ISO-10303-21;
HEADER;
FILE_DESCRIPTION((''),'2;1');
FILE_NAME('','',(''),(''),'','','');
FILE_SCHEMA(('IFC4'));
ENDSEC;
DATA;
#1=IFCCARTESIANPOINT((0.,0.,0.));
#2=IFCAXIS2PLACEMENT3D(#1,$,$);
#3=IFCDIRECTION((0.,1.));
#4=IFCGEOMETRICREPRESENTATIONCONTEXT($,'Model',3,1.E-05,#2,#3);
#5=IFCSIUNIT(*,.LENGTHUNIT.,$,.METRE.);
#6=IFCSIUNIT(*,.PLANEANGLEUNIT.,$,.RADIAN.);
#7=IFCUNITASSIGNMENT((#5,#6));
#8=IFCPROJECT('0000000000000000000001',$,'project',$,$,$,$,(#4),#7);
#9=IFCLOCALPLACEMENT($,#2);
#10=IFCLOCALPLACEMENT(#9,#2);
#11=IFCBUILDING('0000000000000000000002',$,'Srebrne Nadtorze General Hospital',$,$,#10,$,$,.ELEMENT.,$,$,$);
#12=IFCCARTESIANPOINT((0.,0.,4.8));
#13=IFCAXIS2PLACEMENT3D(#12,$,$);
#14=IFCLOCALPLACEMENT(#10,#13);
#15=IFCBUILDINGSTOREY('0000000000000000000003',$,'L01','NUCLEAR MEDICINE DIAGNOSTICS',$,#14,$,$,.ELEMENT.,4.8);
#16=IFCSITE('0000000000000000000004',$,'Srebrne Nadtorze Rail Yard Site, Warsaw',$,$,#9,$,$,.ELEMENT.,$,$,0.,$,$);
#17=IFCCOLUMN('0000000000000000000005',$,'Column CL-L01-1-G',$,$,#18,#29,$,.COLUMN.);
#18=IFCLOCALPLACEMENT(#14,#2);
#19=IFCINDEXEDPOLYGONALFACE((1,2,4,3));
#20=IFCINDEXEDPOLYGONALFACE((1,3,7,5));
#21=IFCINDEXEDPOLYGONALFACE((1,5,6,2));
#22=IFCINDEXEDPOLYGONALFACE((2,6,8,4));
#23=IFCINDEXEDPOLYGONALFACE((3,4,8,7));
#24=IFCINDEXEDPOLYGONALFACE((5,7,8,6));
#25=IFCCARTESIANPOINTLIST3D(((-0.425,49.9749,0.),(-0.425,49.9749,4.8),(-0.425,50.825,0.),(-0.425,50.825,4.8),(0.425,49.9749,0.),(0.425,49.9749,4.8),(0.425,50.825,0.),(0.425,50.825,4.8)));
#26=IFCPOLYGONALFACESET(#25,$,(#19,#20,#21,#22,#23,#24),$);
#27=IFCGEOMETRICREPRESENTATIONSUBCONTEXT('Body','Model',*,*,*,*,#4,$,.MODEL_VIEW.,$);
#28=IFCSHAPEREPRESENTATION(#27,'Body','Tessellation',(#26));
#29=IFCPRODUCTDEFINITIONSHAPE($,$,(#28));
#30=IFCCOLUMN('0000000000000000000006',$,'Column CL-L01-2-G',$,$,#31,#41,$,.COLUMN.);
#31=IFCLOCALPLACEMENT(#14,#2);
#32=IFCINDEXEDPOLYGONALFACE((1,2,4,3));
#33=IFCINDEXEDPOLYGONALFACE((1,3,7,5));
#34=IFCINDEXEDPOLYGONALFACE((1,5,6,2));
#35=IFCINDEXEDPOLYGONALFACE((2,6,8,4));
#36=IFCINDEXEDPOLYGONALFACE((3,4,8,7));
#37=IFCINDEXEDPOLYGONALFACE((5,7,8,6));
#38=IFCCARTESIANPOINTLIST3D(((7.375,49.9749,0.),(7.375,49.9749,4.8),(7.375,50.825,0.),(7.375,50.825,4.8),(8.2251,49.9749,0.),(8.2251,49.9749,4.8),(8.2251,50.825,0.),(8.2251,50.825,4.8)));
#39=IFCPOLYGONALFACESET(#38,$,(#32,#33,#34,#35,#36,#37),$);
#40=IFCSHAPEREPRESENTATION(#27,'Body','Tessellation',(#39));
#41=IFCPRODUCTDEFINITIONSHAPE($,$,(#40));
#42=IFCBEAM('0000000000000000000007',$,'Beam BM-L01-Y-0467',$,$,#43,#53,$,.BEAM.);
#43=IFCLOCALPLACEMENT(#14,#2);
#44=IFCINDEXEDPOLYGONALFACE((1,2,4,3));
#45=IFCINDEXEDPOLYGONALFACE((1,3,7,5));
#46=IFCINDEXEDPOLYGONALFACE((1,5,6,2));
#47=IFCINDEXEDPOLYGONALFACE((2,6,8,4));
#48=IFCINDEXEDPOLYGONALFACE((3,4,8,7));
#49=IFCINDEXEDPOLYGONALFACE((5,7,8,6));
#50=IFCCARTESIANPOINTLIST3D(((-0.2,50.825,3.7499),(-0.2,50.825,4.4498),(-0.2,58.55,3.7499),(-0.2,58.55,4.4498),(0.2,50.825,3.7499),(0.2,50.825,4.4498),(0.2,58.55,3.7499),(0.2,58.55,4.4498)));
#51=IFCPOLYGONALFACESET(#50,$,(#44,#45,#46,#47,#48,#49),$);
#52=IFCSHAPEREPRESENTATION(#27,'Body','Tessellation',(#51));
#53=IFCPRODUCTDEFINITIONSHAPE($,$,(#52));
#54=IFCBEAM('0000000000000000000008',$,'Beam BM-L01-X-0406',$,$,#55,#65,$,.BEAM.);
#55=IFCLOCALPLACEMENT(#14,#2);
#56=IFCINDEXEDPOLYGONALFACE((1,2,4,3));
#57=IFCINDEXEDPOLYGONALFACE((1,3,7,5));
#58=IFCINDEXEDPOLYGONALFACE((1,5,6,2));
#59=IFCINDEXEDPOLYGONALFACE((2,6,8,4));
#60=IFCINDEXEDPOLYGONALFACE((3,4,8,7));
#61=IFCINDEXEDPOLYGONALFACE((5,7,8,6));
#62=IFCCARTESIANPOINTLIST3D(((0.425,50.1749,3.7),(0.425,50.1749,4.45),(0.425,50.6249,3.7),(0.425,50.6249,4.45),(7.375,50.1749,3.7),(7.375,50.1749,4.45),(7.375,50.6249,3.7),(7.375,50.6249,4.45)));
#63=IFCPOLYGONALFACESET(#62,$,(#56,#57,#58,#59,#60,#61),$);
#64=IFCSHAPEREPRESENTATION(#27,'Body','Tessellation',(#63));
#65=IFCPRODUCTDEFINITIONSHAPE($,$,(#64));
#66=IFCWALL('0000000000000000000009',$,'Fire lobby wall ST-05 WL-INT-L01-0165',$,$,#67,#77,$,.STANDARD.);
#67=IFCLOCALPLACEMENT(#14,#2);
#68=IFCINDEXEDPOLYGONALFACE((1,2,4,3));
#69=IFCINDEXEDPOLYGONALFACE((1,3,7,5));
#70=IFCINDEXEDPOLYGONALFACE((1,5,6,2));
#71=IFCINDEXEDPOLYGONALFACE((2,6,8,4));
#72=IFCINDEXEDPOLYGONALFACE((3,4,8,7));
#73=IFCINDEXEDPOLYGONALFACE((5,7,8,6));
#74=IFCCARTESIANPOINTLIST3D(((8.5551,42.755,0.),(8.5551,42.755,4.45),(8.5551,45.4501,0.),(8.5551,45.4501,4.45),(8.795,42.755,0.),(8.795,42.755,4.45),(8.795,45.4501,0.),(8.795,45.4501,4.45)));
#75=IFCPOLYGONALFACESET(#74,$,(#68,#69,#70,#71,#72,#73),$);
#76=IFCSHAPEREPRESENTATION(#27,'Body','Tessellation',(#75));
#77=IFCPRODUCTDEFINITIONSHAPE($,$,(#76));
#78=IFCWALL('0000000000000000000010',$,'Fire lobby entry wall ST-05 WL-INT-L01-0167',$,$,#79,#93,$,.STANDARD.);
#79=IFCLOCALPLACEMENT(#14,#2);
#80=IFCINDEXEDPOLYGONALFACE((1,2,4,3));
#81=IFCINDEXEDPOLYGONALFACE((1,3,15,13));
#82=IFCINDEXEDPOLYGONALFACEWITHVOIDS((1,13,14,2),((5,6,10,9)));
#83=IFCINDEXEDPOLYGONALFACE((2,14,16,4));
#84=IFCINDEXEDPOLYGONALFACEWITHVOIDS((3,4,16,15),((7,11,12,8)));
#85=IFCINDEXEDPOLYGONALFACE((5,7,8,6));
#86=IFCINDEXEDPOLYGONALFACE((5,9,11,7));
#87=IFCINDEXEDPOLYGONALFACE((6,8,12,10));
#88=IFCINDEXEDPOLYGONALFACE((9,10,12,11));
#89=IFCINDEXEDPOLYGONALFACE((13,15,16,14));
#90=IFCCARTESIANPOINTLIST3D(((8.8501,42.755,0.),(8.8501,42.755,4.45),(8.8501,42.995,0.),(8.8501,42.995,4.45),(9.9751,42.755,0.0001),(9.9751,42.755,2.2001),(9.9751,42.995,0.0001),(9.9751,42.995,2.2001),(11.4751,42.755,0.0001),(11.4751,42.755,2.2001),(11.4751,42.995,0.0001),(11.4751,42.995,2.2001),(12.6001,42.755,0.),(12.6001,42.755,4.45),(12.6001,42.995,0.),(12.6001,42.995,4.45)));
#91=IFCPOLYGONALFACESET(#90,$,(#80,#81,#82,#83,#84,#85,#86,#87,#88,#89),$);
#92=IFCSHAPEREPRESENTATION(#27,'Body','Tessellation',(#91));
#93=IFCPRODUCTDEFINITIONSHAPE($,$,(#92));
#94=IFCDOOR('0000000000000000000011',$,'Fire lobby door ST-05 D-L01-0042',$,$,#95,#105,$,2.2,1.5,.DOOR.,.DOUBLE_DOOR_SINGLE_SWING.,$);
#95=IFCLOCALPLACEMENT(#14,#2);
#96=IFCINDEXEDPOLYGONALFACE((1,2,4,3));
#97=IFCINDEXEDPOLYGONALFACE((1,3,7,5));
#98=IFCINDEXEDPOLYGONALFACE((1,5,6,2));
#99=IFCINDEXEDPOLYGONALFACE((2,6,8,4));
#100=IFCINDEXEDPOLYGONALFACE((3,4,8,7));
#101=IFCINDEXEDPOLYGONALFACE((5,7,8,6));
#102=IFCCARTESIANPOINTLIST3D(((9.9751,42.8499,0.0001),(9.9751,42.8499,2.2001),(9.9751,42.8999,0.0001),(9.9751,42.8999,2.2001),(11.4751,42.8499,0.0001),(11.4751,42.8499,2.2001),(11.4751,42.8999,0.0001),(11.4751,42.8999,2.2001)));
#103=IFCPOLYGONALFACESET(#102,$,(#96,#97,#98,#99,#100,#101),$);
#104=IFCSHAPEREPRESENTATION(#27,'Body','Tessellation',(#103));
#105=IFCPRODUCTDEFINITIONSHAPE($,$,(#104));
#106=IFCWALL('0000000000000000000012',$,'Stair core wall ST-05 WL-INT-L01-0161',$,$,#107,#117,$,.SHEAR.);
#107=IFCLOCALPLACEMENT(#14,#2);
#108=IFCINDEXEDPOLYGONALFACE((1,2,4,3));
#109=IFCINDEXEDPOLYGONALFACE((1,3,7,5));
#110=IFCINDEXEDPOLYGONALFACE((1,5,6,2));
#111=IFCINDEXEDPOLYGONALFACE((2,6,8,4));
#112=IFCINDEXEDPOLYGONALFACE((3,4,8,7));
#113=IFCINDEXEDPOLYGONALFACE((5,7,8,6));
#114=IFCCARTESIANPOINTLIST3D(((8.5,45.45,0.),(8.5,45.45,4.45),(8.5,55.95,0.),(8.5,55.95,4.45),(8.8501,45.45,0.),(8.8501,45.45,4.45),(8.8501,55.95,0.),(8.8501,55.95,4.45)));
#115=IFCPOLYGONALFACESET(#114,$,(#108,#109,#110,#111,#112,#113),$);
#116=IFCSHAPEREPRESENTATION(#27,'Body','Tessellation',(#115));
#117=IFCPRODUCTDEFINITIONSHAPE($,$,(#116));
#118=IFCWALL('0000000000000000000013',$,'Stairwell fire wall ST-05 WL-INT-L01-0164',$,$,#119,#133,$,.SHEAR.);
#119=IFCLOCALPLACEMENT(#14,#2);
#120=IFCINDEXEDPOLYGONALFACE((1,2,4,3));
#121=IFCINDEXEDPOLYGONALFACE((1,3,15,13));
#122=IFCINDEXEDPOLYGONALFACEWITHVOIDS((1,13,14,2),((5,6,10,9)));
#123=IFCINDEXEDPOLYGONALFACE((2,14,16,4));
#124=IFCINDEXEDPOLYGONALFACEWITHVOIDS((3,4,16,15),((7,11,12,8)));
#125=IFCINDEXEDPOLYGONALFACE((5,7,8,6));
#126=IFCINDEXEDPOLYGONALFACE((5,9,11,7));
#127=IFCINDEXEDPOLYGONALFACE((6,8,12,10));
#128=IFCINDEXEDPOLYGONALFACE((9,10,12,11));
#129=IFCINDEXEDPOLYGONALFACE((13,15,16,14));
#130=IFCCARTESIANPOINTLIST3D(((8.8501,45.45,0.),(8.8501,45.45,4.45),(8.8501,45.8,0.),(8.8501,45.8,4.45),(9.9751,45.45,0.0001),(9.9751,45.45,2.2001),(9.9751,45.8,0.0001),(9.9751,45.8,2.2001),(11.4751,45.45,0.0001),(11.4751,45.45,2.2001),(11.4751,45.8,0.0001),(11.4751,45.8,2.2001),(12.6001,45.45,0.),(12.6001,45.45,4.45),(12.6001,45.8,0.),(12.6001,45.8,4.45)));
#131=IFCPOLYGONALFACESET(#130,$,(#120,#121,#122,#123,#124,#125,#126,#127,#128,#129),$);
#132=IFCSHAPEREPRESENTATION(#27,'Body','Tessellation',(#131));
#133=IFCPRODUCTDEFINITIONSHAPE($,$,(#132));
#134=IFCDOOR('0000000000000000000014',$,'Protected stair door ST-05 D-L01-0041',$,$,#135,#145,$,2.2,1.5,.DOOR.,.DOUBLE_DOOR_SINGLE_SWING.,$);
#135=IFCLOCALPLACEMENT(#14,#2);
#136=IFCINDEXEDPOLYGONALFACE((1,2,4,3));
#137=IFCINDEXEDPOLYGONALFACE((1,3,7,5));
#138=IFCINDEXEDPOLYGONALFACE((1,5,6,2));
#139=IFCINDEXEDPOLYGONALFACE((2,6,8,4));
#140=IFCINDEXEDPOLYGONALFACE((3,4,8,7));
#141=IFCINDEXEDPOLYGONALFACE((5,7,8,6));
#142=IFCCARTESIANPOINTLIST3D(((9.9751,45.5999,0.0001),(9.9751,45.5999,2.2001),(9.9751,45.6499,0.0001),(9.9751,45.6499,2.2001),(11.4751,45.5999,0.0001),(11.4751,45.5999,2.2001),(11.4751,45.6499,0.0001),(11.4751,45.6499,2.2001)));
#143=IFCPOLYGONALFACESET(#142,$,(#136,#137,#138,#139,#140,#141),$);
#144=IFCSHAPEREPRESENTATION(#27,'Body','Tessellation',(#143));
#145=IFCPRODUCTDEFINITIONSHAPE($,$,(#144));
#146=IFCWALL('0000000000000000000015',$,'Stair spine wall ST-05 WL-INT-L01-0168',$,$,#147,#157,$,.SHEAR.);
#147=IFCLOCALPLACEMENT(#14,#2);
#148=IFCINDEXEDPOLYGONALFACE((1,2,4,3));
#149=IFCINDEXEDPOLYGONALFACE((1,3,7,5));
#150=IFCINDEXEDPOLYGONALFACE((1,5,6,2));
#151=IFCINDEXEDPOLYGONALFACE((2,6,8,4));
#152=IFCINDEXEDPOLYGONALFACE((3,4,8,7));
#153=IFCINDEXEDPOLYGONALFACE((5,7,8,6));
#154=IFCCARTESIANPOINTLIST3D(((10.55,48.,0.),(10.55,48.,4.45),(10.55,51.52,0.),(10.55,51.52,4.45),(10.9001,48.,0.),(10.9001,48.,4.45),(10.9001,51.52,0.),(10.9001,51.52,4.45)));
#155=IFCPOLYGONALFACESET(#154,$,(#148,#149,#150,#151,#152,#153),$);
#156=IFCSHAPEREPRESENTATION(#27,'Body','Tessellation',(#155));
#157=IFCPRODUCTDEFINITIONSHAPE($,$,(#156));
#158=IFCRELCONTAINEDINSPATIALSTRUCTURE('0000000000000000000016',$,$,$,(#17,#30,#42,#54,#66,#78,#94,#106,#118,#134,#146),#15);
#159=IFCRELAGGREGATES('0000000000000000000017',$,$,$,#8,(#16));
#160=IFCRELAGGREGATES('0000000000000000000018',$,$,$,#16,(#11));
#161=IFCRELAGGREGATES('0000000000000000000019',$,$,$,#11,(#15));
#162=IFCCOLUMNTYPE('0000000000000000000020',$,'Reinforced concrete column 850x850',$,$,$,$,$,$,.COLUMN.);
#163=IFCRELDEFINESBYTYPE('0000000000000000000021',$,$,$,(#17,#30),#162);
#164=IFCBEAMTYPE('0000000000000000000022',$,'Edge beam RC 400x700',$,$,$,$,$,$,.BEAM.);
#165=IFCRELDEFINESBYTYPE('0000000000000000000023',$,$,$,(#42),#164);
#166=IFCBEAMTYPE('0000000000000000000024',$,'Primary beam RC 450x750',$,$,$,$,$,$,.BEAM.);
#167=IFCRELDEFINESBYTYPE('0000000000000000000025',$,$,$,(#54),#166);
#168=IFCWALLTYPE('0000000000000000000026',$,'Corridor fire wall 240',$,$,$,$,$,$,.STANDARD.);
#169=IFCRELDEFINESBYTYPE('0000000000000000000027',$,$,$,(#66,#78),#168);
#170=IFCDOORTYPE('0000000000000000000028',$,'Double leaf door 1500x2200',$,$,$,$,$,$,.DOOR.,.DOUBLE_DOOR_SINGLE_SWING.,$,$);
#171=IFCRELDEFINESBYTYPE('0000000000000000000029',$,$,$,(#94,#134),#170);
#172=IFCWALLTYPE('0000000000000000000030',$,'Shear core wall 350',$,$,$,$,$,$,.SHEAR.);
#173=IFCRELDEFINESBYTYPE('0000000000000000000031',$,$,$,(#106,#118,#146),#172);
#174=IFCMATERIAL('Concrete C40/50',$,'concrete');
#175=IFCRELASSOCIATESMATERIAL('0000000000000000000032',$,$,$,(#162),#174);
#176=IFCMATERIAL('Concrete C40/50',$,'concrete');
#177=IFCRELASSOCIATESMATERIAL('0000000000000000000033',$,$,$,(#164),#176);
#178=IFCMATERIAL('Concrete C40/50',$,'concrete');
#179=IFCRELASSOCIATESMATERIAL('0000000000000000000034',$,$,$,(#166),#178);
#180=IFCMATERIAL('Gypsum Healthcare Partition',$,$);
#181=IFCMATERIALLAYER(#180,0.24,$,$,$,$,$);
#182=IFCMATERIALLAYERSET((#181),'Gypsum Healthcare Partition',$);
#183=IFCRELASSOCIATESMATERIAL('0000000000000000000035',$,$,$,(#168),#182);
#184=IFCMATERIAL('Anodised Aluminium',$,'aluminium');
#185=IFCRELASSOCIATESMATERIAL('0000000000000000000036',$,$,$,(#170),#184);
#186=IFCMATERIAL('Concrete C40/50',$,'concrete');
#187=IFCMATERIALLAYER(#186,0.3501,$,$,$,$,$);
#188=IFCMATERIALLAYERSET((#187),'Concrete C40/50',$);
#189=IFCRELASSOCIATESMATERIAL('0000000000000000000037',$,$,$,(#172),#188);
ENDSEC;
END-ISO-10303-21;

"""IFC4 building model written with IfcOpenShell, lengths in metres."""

from ifc_helpers import new_model, si_unit, direction, frame, frame_2d, origin, origin_2d, place, context, subcontext, project, spatial, rectangle, extrude, material, layer, layer_set, material_profile, profile_set, type_object, element, fill, save


model = new_model("IFC4")

# Units and contexts
model_context = context("Model", 3, precision=1e-05, world=origin(), true_north=direction((0.0, 1.0)))
body_context = subcontext(model_context, "Body", "Model", "MODEL_VIEW")
ifc_project = project(units=[si_unit("LENGTHUNIT", "METRE"), si_unit("PLANEANGLEUNIT", "RADIAN")], contexts=[model_context])

# Site, building, storey
site_placement = place(None, origin())
site = spatial("IfcSite", under=ifc_project, at=site_placement, Name="Srebrne Nadtorze Rail Yard Site, Warsaw", CompositionType="ELEMENT", RefElevation=0.0)
building_placement = place(site_placement, origin())
building = spatial("IfcBuilding", under=site, at=building_placement, Name="Srebrne Nadtorze General Hospital", CompositionType="ELEMENT")
storey_placement = place(building_placement, frame((0.0, 0.0, 4.8)))
storey = spatial("IfcBuildingStorey", under=building, at=storey_placement, Name="L01", Description="NUCLEAR MEDICINE DIAGNOSTICS", CompositionType="ELEMENT", Elevation=4.8)

# Columns
ifc_material_1 = material(Name="Concrete C40/50", Category="concrete")
ifc_material_profile_1 = material_profile(ifc_material_1, rectangle(XDim=0.8501, YDim=0.8501, at=origin_2d()), Name="RC-COL-850x850")
ifc_profile_set_1 = profile_set([ifc_material_profile_1], Name="Concrete C40/50")
column_type = type_object("IfcColumnType", Name="Reinforced concrete column 850x850", PredefinedType="COLUMN", material=ifc_profile_set_1)
for number, where, z_axis, x_axis, name in (
    (1, (0.0, 50.3999, 0.0), (0.0, 0.0, 1.0), (1.0, 0.0, 0.0), "Column CL-L01-1-G"),
    (2, (7.8, 50.3999, 0.0), (0.0, 0.0, 1.0), (1.0, 0.0, 0.0), "Column CL-L01-2-G"),
):
    element("IfcColumn", number, at=place(storey_placement, frame(where, z_axis=z_axis, x_axis=x_axis)), inside=storey, type_object=column_type, Name=name, PredefinedType="COLUMN", context=body_context, shape_type="SweptSolid", body=[
        extrude(rectangle(XDim=0.8501, YDim=0.8501, at=origin_2d()), origin(), (0.0, 0.0, 1.0), 4.8),
    ])

# Beams
ifc_material_2 = material(Name="Concrete C40/50", Category="concrete")
ifc_material_profile_2 = material_profile(ifc_material_2, rectangle(XDim=0.3999, YDim=0.7, at=origin_2d()), Name="RC-BM-400x700")
ifc_profile_set_2 = profile_set([ifc_material_profile_2], Name="Concrete C40/50")
beam_type_1 = type_object("IfcBeamType", Name="Edge beam RC 400x700", PredefinedType="BEAM", material=ifc_profile_set_2)
beam_1_placement = place(storey_placement, frame((0.0, 50.825, 4.0999), z_axis=(0.0, 1.0, 0.0), x_axis=(-1.0, 0.0, 0.0)))
element("IfcBeam", 3, at=beam_1_placement, inside=storey, type_object=beam_type_1, Name="Beam BM-L01-Y-0467", PredefinedType="BEAM", context=body_context, shape_type="SweptSolid", body=[
    extrude(rectangle(XDim=0.3999, YDim=0.7, at=origin_2d()), origin(), (0.0, 0.0, 1.0), 7.7251),
])
ifc_material_3 = material(Name="Concrete C40/50", Category="concrete")
ifc_material_profile_3 = material_profile(ifc_material_3, rectangle(XDim=0.45, YDim=0.75, at=origin_2d()), Name="RC-BM-450x750")
ifc_profile_set_3 = profile_set([ifc_material_profile_3], Name="Concrete C40/50")
beam_type_2 = type_object("IfcBeamType", Name="Primary beam RC 450x750", PredefinedType="BEAM", material=ifc_profile_set_3)
beam_2_placement = place(storey_placement, frame((0.425, 50.3999, 4.075), z_axis=(1.0, 0.0, 0.0), x_axis=(0.0, 1.0, 0.0)))
element("IfcBeam", 4, at=beam_2_placement, inside=storey, type_object=beam_type_2, Name="Beam BM-L01-X-0406", PredefinedType="BEAM", context=body_context, shape_type="SweptSolid", body=[
    extrude(rectangle(XDim=0.45, YDim=0.75, at=origin_2d()), origin(), (0.0, 0.0, 1.0), 6.95),
])

# Wall
ifc_material_4 = material(Name="Gypsum Healthcare Partition")
ifc_layer_1 = layer(ifc_material_4, 0.24)
ifc_layer_set_1 = layer_set([ifc_layer_1], Name="Gypsum Healthcare Partition")
wall_type_1 = type_object("IfcWallType", Name="Corridor fire wall 240", PredefinedType="STANDARD", material=ifc_layer_set_1)
wall_1_placement = place(storey_placement, frame((8.675, 42.7549, 0.0), z_axis=(0.0, 0.0, 1.0), x_axis=(0.0, 1.0, 0.0)))
element("IfcWall", 5, at=wall_1_placement, inside=storey, type_object=wall_type_1, Name="Fire lobby wall ST-05 WL-INT-L01-0165", PredefinedType="STANDARD", context=body_context, shape_type="SweptSolid", body=[
    extrude(rectangle(XDim=2.6951, YDim=0.24, at=frame_2d((1.3477, 0.0))), origin(), (0.0, 0.0, 1.0), 4.45),
])

# Wall, opening, door
wall_2_placement = place(storey_placement, frame((8.8501, 42.875, 0.0), z_axis=(0.0, 0.0, 1.0), x_axis=(1.0, 0.0, 0.0)))
wall_2 = element("IfcWall", 6, at=wall_2_placement, inside=storey, type_object=wall_type_1, Name="Fire lobby entry wall ST-05 WL-INT-L01-0167", PredefinedType="STANDARD", context=body_context, shape_type="SweptSolid", body=[
    extrude(rectangle(XDim=3.75, YDim=0.24, at=frame_2d((1.875, 0.0))), origin(), (0.0, 0.0, 1.0), 4.45),
])
opening_1_placement = place(wall_2_placement, frame((1.125, 0.0, 0.0)))
opening_1 = element("IfcOpeningElement", 7, at=opening_1_placement, cuts=wall_2, PredefinedType="OPENING", context=body_context, shape_type="SweptSolid", body=[
    extrude(rectangle(XDim=1.5, YDim=2.2, at=frame_2d((0.75, 1.1001))), frame((0.0, 0.1318, 0.0), z_axis=(0.0, -1.0, 0.0), x_axis=(1.0, 0.0, 0.0)), (0.0, 0.0, 1.0), 0.2639),
])
ifc_material_5 = material(Name="Anodised Aluminium", Category="aluminium")
door_type = type_object("IfcDoorType", Name="Double leaf door 1500x2200", OperationType="DOUBLE_DOOR_SINGLE_SWING", PredefinedType="DOOR", material=ifc_material_5)
door_1_placement = place(opening_1_placement, origin())
door_1 = element("IfcDoor", 8, at=door_1_placement, inside=storey, type_object=door_type, Name="Fire lobby door ST-05 D-L01-0042", OperationType="DOUBLE_DOOR_SINGLE_SWING", OverallHeight=2.2, OverallWidth=1.5, PredefinedType="DOOR", context=body_context, shape_type="SweptSolid", body=[
    extrude(rectangle(XDim=1.5, YDim=2.2, at=frame_2d((0.75, 1.1001))), frame((0.0, 0.0249, 0.0), z_axis=(0.0, -1.0, 0.0), x_axis=(1.0, 0.0, 0.0)), (0.0, 0.0, 1.0), 0.05),
])
fill(opening_1, door_1)

# Wall
ifc_material_6 = material(Name="Concrete C40/50", Category="concrete")
ifc_layer_2 = layer(ifc_material_6, 0.3501)
ifc_layer_set_2 = layer_set([ifc_layer_2], Name="Concrete C40/50")
wall_type_2 = type_object("IfcWallType", Name="Shear core wall 350", PredefinedType="SHEAR", material=ifc_layer_set_2)
wall_3_placement = place(storey_placement, frame((8.675, 45.45, 0.0), z_axis=(0.0, 0.0, 1.0), x_axis=(0.0, 1.0, 0.0)))
element("IfcWall", 9, at=wall_3_placement, inside=storey, type_object=wall_type_2, Name="Stair core wall ST-05 WL-INT-L01-0161", PredefinedType="SHEAR", context=body_context, shape_type="SweptSolid", body=[
    extrude(rectangle(XDim=10.5, YDim=0.3501, at=frame_2d((5.25, 0.0))), origin(), (0.0, 0.0, 1.0), 4.45),
])

# Wall, opening, door
wall_4_placement = place(storey_placement, frame((8.8501, 45.625, 0.0), z_axis=(0.0, 0.0, 1.0), x_axis=(1.0, 0.0, 0.0)))
wall_4 = element("IfcWall", 10, at=wall_4_placement, inside=storey, type_object=wall_type_2, Name="Stairwell fire wall ST-05 WL-INT-L01-0164", PredefinedType="SHEAR", context=body_context, shape_type="SweptSolid", body=[
    extrude(rectangle(XDim=3.75, YDim=0.3501, at=frame_2d((1.875, 0.0))), origin(), (0.0, 0.0, 1.0), 4.45),
])
opening_2_placement = place(wall_4_placement, frame((1.125, 0.0, 0.0)))
opening_2 = element("IfcOpeningElement", 11, at=opening_2_placement, cuts=wall_4, PredefinedType="OPENING", context=body_context, shape_type="SweptSolid", body=[
    extrude(rectangle(XDim=1.5, YDim=2.2, at=frame_2d((0.75, 1.1001))), frame((0.0, 0.187, 0.0), z_axis=(0.0, -1.0, 0.0), x_axis=(1.0, 0.0, 0.0)), (0.0, 0.0, 1.0), 0.374),
])
door_2_placement = place(opening_2_placement, origin())
door_2 = element("IfcDoor", 12, at=door_2_placement, inside=storey, type_object=door_type, Name="Protected stair door ST-05 D-L01-0041", OperationType="DOUBLE_DOOR_SINGLE_SWING", OverallHeight=2.2, OverallWidth=1.5, PredefinedType="DOOR", context=body_context, shape_type="SweptSolid", body=[
    extrude(rectangle(XDim=1.5, YDim=2.2, at=frame_2d((0.75, 1.1001))), frame((0.0, 0.0249, 0.0), z_axis=(0.0, -1.0, 0.0), x_axis=(1.0, 0.0, 0.0)), (0.0, 0.0, 1.0), 0.05),
])
fill(opening_2, door_2)

# Wall
wall_5_placement = place(storey_placement, frame((10.7251, 48.0, 0.0), z_axis=(0.0, 0.0, 1.0), x_axis=(0.0, 1.0, 0.0)))
element("IfcWall", 13, at=wall_5_placement, inside=storey, type_object=wall_type_2, Name="Stair spine wall ST-05 WL-INT-L01-0168", PredefinedType="SHEAR", context=body_context, shape_type="SweptSolid", body=[
    extrude(rectangle(XDim=3.52, YDim=0.3501, at=frame_2d((1.76, 0.0))), origin(), (0.0, 0.0, 1.0), 4.45),
])

save(model, "model.ifc")
